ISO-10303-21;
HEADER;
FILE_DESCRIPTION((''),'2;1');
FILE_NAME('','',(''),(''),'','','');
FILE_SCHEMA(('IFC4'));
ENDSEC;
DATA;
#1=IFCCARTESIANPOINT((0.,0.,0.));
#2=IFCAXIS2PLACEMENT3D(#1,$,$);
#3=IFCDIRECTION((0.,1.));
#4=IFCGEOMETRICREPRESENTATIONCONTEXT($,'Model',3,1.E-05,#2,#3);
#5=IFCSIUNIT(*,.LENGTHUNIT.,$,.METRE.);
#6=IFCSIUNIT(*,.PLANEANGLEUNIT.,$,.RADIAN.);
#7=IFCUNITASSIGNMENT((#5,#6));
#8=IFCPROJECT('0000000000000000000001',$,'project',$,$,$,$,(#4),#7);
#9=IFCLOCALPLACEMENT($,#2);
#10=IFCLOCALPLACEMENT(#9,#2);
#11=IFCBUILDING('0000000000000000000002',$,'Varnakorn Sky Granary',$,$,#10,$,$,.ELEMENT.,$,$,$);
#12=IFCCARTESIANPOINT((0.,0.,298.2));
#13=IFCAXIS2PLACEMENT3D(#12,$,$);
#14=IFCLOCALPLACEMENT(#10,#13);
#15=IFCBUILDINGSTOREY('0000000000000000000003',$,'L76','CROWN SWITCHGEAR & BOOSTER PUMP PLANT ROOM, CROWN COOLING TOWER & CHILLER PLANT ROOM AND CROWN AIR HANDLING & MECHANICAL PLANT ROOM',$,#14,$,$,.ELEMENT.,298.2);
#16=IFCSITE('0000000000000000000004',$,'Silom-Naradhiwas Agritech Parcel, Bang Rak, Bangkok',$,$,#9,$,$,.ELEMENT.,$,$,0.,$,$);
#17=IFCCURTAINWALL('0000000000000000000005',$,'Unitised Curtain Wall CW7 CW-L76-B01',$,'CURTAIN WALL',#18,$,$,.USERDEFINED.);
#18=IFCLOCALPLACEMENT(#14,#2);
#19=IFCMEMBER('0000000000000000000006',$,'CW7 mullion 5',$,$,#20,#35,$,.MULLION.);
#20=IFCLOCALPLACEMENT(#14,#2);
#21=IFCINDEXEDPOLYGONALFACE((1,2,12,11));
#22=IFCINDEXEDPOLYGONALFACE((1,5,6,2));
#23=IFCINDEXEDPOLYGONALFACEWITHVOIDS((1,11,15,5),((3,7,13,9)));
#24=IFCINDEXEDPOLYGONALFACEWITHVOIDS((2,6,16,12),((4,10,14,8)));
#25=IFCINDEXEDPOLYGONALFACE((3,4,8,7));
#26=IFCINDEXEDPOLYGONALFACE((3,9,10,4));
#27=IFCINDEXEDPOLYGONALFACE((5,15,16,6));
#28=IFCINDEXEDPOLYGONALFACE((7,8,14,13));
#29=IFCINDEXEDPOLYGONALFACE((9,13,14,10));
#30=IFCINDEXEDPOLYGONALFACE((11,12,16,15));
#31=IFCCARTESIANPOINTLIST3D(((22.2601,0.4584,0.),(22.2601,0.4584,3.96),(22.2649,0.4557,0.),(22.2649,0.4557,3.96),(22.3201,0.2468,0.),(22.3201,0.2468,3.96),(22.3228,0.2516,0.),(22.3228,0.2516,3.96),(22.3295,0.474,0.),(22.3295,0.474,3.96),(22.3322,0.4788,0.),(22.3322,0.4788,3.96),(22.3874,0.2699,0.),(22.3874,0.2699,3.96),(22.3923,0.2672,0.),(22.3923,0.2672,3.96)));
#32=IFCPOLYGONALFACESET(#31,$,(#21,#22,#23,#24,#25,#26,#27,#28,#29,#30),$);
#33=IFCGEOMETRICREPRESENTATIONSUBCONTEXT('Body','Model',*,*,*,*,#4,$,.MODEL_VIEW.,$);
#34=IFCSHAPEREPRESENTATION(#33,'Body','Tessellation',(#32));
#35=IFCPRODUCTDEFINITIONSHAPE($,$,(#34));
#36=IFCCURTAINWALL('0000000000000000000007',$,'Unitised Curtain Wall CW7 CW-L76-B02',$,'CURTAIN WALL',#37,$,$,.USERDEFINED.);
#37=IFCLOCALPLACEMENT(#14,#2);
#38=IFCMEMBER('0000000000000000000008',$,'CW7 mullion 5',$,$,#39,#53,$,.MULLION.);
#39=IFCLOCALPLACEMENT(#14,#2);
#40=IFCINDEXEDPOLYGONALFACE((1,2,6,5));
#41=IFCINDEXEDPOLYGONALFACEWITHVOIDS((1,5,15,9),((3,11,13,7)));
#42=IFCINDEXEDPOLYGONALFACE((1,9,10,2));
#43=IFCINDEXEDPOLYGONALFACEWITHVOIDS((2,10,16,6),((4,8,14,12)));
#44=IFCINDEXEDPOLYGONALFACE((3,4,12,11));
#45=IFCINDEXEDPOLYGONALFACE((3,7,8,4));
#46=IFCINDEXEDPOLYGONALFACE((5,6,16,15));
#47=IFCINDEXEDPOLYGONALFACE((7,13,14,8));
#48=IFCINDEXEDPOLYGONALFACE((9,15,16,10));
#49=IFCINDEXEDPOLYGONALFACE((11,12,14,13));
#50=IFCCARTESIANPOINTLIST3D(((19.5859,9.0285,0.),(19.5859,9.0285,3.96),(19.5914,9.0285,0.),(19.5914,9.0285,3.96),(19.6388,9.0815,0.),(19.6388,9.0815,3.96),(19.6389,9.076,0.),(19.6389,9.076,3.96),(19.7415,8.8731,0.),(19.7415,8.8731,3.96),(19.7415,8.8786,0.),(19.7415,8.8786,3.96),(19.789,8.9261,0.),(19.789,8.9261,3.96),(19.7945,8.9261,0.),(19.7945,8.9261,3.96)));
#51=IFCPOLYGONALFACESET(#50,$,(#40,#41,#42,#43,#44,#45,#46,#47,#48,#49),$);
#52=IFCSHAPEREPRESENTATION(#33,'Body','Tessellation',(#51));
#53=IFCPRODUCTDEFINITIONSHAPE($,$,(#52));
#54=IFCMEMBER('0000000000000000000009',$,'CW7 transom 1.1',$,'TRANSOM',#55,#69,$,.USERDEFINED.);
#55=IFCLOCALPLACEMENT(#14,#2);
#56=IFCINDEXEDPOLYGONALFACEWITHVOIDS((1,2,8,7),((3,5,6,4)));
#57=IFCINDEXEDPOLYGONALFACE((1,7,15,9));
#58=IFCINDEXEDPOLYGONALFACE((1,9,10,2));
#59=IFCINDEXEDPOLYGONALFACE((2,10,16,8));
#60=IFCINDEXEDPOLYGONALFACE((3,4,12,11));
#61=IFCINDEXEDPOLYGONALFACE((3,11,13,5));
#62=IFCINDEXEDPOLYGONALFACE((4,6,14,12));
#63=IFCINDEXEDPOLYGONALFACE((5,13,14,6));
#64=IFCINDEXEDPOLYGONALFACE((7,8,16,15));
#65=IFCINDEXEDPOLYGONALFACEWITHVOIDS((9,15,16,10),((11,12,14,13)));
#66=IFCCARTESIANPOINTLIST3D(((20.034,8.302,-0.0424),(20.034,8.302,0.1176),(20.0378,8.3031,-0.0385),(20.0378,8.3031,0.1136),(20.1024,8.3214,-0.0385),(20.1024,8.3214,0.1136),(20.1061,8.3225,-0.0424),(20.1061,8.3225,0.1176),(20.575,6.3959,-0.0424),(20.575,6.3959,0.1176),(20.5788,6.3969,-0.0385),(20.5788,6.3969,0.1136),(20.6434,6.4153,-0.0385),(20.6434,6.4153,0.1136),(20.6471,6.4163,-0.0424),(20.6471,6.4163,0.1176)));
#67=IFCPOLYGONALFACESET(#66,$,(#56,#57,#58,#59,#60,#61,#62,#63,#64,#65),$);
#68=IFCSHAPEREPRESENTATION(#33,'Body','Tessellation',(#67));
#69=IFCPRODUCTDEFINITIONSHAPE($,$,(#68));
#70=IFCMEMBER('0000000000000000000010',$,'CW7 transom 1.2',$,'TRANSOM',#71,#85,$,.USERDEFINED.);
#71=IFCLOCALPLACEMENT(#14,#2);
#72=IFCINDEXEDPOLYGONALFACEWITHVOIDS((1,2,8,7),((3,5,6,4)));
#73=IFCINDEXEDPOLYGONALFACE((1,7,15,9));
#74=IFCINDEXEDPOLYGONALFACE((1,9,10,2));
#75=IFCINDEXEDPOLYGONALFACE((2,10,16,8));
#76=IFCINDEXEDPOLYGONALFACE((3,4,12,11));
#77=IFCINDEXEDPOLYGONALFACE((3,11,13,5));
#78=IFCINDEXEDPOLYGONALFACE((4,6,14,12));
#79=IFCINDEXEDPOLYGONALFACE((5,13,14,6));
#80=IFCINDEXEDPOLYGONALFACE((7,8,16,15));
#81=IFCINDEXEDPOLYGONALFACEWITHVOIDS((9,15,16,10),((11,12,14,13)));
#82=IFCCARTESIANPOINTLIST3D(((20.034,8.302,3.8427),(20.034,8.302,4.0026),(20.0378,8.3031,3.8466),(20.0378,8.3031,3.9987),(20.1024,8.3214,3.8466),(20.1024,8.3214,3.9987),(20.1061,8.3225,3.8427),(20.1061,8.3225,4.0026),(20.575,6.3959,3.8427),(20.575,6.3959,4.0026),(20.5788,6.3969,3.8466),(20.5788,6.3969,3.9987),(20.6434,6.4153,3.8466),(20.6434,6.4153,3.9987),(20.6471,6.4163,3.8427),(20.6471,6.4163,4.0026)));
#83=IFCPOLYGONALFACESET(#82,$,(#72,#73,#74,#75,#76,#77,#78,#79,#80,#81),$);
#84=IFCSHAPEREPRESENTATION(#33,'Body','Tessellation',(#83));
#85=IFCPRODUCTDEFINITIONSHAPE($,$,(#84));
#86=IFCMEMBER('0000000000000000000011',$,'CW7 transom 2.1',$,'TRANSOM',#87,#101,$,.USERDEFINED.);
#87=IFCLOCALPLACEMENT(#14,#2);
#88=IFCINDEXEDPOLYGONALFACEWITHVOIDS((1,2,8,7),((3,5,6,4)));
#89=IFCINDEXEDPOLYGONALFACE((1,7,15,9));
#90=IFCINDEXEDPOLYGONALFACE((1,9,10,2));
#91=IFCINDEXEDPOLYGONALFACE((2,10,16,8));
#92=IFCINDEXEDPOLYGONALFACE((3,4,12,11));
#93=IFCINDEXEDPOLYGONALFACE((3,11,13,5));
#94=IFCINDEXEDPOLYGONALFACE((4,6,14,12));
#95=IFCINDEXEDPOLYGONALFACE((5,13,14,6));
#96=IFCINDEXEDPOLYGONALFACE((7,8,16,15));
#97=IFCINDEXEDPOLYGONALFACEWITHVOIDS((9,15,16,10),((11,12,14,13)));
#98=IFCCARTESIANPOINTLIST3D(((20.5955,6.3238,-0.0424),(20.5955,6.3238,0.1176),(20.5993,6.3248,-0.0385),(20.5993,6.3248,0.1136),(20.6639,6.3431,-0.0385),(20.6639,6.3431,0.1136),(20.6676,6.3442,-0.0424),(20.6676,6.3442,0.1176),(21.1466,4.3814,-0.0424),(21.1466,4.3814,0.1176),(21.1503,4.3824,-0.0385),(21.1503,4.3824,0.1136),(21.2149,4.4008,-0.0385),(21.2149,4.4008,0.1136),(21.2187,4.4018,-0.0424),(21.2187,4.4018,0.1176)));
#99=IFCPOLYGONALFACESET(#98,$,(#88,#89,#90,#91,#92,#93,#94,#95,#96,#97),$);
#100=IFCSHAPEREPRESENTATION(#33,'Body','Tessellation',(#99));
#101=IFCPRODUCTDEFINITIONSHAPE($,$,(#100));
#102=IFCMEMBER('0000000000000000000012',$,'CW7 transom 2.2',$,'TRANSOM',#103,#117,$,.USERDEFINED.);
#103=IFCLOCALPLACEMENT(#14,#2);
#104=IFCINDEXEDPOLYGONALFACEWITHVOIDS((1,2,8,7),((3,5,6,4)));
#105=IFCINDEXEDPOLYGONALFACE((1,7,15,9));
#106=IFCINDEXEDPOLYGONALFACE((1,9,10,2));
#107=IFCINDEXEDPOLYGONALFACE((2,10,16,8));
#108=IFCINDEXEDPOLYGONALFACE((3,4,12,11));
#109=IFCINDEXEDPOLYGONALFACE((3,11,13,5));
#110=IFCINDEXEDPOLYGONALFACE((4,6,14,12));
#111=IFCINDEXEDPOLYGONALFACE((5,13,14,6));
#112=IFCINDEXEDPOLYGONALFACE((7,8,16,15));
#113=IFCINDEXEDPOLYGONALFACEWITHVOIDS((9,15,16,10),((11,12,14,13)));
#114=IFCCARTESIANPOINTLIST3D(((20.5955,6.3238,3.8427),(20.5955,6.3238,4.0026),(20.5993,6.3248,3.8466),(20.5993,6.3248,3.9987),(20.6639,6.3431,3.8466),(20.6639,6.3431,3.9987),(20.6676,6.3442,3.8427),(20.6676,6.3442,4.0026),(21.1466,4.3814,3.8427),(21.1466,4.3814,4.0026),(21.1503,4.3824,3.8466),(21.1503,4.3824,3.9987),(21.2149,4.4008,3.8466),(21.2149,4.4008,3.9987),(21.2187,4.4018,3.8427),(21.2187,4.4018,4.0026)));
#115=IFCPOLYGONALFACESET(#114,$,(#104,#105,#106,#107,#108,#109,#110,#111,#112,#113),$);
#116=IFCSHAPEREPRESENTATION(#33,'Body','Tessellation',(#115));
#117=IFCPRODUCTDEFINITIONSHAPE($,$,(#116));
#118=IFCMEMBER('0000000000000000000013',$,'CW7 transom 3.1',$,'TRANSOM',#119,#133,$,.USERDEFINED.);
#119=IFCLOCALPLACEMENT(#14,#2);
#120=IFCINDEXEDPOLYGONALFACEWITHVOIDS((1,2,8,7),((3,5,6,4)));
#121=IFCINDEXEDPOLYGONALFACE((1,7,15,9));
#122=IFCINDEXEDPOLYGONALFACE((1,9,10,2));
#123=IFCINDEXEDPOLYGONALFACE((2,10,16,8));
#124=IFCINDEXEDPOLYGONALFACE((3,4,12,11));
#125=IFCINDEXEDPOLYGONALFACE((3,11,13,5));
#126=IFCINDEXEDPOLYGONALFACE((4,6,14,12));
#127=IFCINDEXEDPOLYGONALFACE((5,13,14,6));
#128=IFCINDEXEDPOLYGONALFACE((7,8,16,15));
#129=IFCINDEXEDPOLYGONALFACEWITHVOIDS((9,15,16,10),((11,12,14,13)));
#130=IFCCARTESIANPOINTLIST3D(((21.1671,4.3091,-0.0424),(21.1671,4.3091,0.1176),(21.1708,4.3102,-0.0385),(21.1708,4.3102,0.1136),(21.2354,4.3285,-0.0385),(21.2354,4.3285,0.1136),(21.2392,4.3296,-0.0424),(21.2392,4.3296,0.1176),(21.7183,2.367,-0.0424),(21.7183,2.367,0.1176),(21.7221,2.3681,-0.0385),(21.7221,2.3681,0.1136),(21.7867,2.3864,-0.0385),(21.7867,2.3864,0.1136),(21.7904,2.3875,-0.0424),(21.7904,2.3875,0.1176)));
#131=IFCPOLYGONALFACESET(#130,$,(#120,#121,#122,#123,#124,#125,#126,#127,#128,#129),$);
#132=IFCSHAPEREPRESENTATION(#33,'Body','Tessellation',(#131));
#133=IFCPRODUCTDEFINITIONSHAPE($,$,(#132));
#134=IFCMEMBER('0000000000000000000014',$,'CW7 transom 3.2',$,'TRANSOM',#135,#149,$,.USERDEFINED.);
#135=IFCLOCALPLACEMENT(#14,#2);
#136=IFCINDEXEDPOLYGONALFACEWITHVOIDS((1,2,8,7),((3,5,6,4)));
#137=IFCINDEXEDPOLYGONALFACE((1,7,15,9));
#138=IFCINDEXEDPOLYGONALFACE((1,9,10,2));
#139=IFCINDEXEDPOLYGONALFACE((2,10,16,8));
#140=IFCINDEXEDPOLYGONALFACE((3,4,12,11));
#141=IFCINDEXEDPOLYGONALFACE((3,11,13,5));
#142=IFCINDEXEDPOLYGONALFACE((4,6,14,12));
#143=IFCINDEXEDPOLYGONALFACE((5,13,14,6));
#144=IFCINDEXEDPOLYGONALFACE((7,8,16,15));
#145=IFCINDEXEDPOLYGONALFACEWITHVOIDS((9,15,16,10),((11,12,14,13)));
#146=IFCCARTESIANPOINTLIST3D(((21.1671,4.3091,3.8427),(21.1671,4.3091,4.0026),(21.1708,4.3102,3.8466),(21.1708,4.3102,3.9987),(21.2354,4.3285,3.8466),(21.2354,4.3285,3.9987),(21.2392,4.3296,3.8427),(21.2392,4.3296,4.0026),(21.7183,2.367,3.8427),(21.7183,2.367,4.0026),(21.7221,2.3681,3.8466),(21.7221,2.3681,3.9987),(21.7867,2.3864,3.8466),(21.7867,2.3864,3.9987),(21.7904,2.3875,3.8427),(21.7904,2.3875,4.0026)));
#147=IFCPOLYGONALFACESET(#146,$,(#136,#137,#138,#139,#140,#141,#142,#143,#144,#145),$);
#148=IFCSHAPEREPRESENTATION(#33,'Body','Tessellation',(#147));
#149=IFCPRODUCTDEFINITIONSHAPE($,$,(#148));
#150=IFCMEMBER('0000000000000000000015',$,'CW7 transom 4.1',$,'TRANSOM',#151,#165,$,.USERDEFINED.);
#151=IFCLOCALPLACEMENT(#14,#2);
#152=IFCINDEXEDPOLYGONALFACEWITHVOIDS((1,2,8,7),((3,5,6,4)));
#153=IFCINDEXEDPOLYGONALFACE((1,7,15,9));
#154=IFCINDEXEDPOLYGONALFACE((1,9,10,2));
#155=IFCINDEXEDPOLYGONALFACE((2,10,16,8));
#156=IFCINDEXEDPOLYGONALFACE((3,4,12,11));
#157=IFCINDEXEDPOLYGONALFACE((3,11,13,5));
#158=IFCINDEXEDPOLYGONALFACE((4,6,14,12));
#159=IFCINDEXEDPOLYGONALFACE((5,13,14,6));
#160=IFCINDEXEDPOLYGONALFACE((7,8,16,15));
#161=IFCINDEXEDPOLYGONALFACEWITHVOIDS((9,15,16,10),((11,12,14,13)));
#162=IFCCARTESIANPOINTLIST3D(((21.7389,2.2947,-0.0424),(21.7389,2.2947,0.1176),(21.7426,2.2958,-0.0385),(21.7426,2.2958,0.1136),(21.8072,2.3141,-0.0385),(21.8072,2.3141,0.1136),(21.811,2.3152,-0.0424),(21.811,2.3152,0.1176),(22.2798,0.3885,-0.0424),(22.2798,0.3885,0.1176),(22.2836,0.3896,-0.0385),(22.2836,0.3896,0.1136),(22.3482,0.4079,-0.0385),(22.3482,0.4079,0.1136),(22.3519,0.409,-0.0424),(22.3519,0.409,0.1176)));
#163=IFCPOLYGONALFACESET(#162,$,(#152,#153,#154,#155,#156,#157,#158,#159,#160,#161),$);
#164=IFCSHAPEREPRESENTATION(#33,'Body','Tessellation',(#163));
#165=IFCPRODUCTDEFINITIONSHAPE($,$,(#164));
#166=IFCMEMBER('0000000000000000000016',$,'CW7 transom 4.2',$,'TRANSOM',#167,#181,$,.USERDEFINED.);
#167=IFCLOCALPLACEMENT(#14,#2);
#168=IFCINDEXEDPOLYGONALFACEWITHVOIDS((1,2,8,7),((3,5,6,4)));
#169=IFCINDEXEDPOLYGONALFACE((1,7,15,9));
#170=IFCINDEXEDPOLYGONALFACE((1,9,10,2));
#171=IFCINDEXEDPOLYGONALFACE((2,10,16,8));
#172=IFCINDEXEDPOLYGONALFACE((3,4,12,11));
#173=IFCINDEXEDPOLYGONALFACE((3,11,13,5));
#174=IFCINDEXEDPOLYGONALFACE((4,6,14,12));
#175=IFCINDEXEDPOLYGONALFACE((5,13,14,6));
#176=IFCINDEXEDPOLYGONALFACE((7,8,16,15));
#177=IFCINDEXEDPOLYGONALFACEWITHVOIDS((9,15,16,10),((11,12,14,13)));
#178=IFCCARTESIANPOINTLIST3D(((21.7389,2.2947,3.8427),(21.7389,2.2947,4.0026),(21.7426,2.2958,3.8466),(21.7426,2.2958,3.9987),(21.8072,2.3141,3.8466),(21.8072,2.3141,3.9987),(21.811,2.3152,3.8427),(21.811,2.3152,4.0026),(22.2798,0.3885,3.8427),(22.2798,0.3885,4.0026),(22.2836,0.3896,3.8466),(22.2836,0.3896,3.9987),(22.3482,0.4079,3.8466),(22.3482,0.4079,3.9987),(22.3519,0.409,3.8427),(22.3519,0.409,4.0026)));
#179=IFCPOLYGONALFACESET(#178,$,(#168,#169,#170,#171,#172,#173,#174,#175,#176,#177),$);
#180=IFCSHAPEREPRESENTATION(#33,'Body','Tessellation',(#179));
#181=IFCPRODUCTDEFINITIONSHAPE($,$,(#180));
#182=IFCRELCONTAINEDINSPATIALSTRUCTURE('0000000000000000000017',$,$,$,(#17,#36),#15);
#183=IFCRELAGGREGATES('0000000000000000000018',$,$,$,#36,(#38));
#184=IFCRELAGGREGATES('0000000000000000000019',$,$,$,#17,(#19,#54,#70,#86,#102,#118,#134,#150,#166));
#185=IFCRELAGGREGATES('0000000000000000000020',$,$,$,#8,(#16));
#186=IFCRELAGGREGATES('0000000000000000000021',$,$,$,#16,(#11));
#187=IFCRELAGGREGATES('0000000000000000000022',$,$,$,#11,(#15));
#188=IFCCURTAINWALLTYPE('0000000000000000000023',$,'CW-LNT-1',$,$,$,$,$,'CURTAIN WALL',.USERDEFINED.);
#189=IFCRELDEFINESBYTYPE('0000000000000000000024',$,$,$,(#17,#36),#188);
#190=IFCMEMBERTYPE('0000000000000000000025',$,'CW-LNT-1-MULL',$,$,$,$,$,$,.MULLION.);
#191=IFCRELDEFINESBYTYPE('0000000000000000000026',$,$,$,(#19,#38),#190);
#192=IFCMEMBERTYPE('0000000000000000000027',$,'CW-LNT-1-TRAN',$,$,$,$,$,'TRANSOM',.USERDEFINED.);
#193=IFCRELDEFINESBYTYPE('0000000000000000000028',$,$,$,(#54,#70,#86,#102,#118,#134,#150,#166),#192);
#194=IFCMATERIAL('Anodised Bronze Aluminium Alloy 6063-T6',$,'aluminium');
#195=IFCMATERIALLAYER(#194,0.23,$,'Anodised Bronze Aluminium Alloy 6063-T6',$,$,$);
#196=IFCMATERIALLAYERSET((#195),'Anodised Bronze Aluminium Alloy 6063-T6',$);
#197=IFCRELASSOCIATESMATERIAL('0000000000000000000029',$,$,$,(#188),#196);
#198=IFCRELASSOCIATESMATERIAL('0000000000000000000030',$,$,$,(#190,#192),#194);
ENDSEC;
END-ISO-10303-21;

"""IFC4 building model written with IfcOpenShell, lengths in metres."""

from ifc_helpers import new_model, si_unit, direction, frame, origin, origin_2d, place, context, subcontext, project, spatial, hollow_rectangle, extrude, material, layer, layer_set, material_profile, profile_set, type_object, element, aggregate, save


model = new_model("IFC4")

# Units and contexts
model_context = context("Model", 3, precision=1e-05, world=origin(), true_north=direction((0.0, 1.0)))
body_context = subcontext(model_context, "Body", "Model", "MODEL_VIEW")
ifc_project = project(units=[si_unit("LENGTHUNIT", "METRE"), si_unit("PLANEANGLEUNIT", "RADIAN")], contexts=[model_context])

# Site, building, storey
site_placement = place(None, origin())
site = spatial("IfcSite", under=ifc_project, at=site_placement, Name="Silom-Naradhiwas Agritech Parcel, Bang Rak, Bangkok", CompositionType="ELEMENT", RefElevation=0.0)
building_placement = place(site_placement, origin())
building = spatial("IfcBuilding", under=site, at=building_placement, Name="Varnakorn Sky Granary", CompositionType="ELEMENT")
storey_placement = place(building_placement, frame((0.0, 0.0, 298.2)))
storey = spatial("IfcBuildingStorey", under=building, at=storey_placement, Name="L76", Description="CROWN SWITCHGEAR & BOOSTER PUMP PLANT ROOM, CROWN COOLING TOWER & CHILLER PLANT ROOM AND CROWN AIR HANDLING & MECHANICAL PLANT ROOM", CompositionType="ELEMENT", Elevation=298.2)

# Curtain wall, member
ifc_material_1 = material(Name="Anodised Bronze Aluminium Alloy 6063-T6", Category="aluminium")
ifc_layer_1 = layer(ifc_material_1, 0.23, Name="Anodised Bronze Aluminium Alloy 6063-T6")
ifc_layer_set_1 = layer_set([ifc_layer_1], Name="Anodised Bronze Aluminium Alloy 6063-T6")
curtain_wall_type = type_object("IfcCurtainWallType", Name="CW-LNT-1", ElementType="CURTAIN WALL", PredefinedType="USERDEFINED", material=ifc_layer_set_1)
curtain_wall_1_placement = place(storey_placement, origin())
curtain_wall_1 = element("IfcCurtainWall", 1, at=curtain_wall_1_placement, inside=storey, type_object=curtain_wall_type, Name="Unitised Curtain Wall CW7 CW-L76-B01", ObjectType="CURTAIN WALL", PredefinedType="USERDEFINED")
ifc_material_profile_1 = material_profile(ifc_material_1, hollow_rectangle(XDim=0.075, YDim=0.22, WallThickness=0.0039, at=origin_2d()), Name="ALU MULL 75x220")
ifc_profile_set_1 = profile_set([ifc_material_profile_1], Name="Anodised Bronze Aluminium Alloy 6063-T6")
member_type_1 = type_object("IfcMemberType", Name="CW-LNT-1-MULL", PredefinedType="MULLION", material=ifc_profile_set_1)
member_1_placement = place(storey_placement, frame((22.3262, 0.3628, 0.0), z_axis=(0.0, 0.0, 1.0), x_axis=(0.962012, 0.273007, 0.0)))
member_1 = element("IfcMember", 2, at=member_1_placement, type_object=member_type_1, Name="CW7 mullion 5", PredefinedType="MULLION", context=body_context, shape_type="SweptSolid", body=[
    extrude(hollow_rectangle(XDim=0.075, YDim=0.22, WallThickness=0.0039, at=origin_2d()), origin(), (0.0, 0.0, 1.0), 3.96),
])

# Curtain wall, member
curtain_wall_2_placement = place(storey_placement, origin())
curtain_wall_2 = element("IfcCurtainWall", 3, at=curtain_wall_2_placement, inside=storey, type_object=curtain_wall_type, Name="Unitised Curtain Wall CW7 CW-L76-B02", ObjectType="CURTAIN WALL", PredefinedType="USERDEFINED")
member_2_placement = place(storey_placement, frame((19.6902, 8.9773, 0.0), z_axis=(0.0, 0.0, 1.0), x_axis=(0.706663, 0.70755, 0.0)))
member_2 = element("IfcMember", 4, at=member_2_placement, type_object=member_type_1, Name="CW7 mullion 5", PredefinedType="MULLION", context=body_context, shape_type="SweptSolid", body=[
    extrude(hollow_rectangle(XDim=0.075, YDim=0.22, WallThickness=0.0039, at=origin_2d()), origin(), (0.0, 0.0, 1.0), 3.96),
])
aggregate(curtain_wall_2, [member_2])

# Members
ifc_material_profile_2 = material_profile(ifc_material_1, hollow_rectangle(XDim=0.075, YDim=0.1599, WallThickness=0.0039, at=origin_2d()), Name="ALU TRAN 75x160")
ifc_profile_set_2 = profile_set([ifc_material_profile_2], Name="Anodised Bronze Aluminium Alloy 6063-T6")
member_type_2 = type_object("IfcMemberType", Name="CW-LNT-1-TRAN", ElementType="TRANSOM", PredefinedType="USERDEFINED", material=ifc_profile_set_2)
member_3_placement = place(storey_placement, frame((20.0701, 8.3123, 0.0376), z_axis=(0.273028, -0.962006, 0.0), x_axis=(0.962006, 0.273028, 0.0)))
member_3 = element("IfcMember", 5, at=member_3_placement, type_object=member_type_2, Name="CW7 transom 1.1", ObjectType="TRANSOM", PredefinedType="USERDEFINED", context=body_context, shape_type="SweptSolid", body=[
    extrude(hollow_rectangle(XDim=0.075, YDim=0.1599, WallThickness=0.0039, at=origin_2d()), origin(), (0.0, 0.0, 1.0), 1.9814),
])
member_4_placement = place(storey_placement, frame((20.0701, 8.3123, 3.9226), z_axis=(0.273028, -0.962006, 0.0), x_axis=(0.962006, 0.273028, 0.0)))
member_4 = element("IfcMember", 6, at=member_4_placement, type_object=member_type_2, Name="CW7 transom 1.2", ObjectType="TRANSOM", PredefinedType="USERDEFINED", context=body_context, shape_type="SweptSolid", body=[
    extrude(hollow_rectangle(XDim=0.075, YDim=0.1599, WallThickness=0.0039, at=origin_2d()), origin(), (0.0, 0.0, 1.0), 1.9814),
])
member_5_placement = place(storey_placement, frame((20.6316, 6.334, 0.0376), z_axis=(0.272916, -0.962038, 0.0), x_axis=(0.962038, 0.272916, 0.0)))
member_5 = element("IfcMember", 7, at=member_5_placement, type_object=member_type_2, Name="CW7 transom 2.1", ObjectType="TRANSOM", PredefinedType="USERDEFINED", context=body_context, shape_type="SweptSolid", body=[
    extrude(hollow_rectangle(XDim=0.075, YDim=0.1599, WallThickness=0.0039, at=origin_2d()), origin(), (0.0, 0.0, 1.0), 2.019),
])
member_6_placement = place(storey_placement, frame((20.6316, 6.334, 3.9226), z_axis=(0.272916, -0.962038, 0.0), x_axis=(0.962038, 0.272916, 0.0)))
member_6 = element("IfcMember", 8, at=member_6_placement, type_object=member_type_2, Name="CW7 transom 2.2", ObjectType="TRANSOM", PredefinedType="USERDEFINED", context=body_context, shape_type="SweptSolid", body=[
    extrude(hollow_rectangle(XDim=0.075, YDim=0.1599, WallThickness=0.0039, at=origin_2d()), origin(), (0.0, 0.0, 1.0), 2.019),
])
member_7_placement = place(storey_placement, frame((21.2031, 4.3193, 0.0376), z_axis=(0.27306, -0.961997, 0.0), x_axis=(0.961997, 0.27306, 0.0)))
member_7 = element("IfcMember", 9, at=member_7_placement, type_object=member_type_2, Name="CW7 transom 3.1", ObjectType="TRANSOM", PredefinedType="USERDEFINED", context=body_context, shape_type="SweptSolid", body=[
    extrude(hollow_rectangle(XDim=0.075, YDim=0.1599, WallThickness=0.0039, at=origin_2d()), origin(), (0.0, 0.0, 1.0), 2.0188),
])
member_8_placement = place(storey_placement, frame((21.2031, 4.3193, 3.9226), z_axis=(0.27306, -0.961997, 0.0), x_axis=(0.961997, 0.27306, 0.0)))
member_8 = element("IfcMember", 10, at=member_8_placement, type_object=member_type_2, Name="CW7 transom 3.2", ObjectType="TRANSOM", PredefinedType="USERDEFINED", context=body_context, shape_type="SweptSolid", body=[
    extrude(hollow_rectangle(XDim=0.075, YDim=0.1599, WallThickness=0.0039, at=origin_2d()), origin(), (0.0, 0.0, 1.0), 2.0188),
])
member_9_placement = place(storey_placement, frame((21.7749, 2.3049, 0.0376), z_axis=(0.273028, -0.962006, 0.0), x_axis=(0.962006, 0.273028, 0.0)))
member_9 = element("IfcMember", 11, at=member_9_placement, type_object=member_type_2, Name="CW7 transom 4.1", ObjectType="TRANSOM", PredefinedType="USERDEFINED", context=body_context, shape_type="SweptSolid", body=[
    extrude(hollow_rectangle(XDim=0.075, YDim=0.1599, WallThickness=0.0039, at=origin_2d()), origin(), (0.0, 0.0, 1.0), 1.9814),
])
member_10_placement = place(storey_placement, frame((21.7749, 2.3049, 3.9226), z_axis=(0.273028, -0.962006, 0.0), x_axis=(0.962006, 0.273028, 0.0)))
member_10 = element("IfcMember", 12, at=member_10_placement, type_object=member_type_2, Name="CW7 transom 4.2", ObjectType="TRANSOM", PredefinedType="USERDEFINED", context=body_context, shape_type="SweptSolid", body=[
    extrude(hollow_rectangle(XDim=0.075, YDim=0.1599, WallThickness=0.0039, at=origin_2d()), origin(), (0.0, 0.0, 1.0), 1.9814),
])

aggregate(curtain_wall_1, [member_1, member_3, member_4, member_5, member_6, member_7, member_8, member_9, member_10])

save(model, "model.ifc")
